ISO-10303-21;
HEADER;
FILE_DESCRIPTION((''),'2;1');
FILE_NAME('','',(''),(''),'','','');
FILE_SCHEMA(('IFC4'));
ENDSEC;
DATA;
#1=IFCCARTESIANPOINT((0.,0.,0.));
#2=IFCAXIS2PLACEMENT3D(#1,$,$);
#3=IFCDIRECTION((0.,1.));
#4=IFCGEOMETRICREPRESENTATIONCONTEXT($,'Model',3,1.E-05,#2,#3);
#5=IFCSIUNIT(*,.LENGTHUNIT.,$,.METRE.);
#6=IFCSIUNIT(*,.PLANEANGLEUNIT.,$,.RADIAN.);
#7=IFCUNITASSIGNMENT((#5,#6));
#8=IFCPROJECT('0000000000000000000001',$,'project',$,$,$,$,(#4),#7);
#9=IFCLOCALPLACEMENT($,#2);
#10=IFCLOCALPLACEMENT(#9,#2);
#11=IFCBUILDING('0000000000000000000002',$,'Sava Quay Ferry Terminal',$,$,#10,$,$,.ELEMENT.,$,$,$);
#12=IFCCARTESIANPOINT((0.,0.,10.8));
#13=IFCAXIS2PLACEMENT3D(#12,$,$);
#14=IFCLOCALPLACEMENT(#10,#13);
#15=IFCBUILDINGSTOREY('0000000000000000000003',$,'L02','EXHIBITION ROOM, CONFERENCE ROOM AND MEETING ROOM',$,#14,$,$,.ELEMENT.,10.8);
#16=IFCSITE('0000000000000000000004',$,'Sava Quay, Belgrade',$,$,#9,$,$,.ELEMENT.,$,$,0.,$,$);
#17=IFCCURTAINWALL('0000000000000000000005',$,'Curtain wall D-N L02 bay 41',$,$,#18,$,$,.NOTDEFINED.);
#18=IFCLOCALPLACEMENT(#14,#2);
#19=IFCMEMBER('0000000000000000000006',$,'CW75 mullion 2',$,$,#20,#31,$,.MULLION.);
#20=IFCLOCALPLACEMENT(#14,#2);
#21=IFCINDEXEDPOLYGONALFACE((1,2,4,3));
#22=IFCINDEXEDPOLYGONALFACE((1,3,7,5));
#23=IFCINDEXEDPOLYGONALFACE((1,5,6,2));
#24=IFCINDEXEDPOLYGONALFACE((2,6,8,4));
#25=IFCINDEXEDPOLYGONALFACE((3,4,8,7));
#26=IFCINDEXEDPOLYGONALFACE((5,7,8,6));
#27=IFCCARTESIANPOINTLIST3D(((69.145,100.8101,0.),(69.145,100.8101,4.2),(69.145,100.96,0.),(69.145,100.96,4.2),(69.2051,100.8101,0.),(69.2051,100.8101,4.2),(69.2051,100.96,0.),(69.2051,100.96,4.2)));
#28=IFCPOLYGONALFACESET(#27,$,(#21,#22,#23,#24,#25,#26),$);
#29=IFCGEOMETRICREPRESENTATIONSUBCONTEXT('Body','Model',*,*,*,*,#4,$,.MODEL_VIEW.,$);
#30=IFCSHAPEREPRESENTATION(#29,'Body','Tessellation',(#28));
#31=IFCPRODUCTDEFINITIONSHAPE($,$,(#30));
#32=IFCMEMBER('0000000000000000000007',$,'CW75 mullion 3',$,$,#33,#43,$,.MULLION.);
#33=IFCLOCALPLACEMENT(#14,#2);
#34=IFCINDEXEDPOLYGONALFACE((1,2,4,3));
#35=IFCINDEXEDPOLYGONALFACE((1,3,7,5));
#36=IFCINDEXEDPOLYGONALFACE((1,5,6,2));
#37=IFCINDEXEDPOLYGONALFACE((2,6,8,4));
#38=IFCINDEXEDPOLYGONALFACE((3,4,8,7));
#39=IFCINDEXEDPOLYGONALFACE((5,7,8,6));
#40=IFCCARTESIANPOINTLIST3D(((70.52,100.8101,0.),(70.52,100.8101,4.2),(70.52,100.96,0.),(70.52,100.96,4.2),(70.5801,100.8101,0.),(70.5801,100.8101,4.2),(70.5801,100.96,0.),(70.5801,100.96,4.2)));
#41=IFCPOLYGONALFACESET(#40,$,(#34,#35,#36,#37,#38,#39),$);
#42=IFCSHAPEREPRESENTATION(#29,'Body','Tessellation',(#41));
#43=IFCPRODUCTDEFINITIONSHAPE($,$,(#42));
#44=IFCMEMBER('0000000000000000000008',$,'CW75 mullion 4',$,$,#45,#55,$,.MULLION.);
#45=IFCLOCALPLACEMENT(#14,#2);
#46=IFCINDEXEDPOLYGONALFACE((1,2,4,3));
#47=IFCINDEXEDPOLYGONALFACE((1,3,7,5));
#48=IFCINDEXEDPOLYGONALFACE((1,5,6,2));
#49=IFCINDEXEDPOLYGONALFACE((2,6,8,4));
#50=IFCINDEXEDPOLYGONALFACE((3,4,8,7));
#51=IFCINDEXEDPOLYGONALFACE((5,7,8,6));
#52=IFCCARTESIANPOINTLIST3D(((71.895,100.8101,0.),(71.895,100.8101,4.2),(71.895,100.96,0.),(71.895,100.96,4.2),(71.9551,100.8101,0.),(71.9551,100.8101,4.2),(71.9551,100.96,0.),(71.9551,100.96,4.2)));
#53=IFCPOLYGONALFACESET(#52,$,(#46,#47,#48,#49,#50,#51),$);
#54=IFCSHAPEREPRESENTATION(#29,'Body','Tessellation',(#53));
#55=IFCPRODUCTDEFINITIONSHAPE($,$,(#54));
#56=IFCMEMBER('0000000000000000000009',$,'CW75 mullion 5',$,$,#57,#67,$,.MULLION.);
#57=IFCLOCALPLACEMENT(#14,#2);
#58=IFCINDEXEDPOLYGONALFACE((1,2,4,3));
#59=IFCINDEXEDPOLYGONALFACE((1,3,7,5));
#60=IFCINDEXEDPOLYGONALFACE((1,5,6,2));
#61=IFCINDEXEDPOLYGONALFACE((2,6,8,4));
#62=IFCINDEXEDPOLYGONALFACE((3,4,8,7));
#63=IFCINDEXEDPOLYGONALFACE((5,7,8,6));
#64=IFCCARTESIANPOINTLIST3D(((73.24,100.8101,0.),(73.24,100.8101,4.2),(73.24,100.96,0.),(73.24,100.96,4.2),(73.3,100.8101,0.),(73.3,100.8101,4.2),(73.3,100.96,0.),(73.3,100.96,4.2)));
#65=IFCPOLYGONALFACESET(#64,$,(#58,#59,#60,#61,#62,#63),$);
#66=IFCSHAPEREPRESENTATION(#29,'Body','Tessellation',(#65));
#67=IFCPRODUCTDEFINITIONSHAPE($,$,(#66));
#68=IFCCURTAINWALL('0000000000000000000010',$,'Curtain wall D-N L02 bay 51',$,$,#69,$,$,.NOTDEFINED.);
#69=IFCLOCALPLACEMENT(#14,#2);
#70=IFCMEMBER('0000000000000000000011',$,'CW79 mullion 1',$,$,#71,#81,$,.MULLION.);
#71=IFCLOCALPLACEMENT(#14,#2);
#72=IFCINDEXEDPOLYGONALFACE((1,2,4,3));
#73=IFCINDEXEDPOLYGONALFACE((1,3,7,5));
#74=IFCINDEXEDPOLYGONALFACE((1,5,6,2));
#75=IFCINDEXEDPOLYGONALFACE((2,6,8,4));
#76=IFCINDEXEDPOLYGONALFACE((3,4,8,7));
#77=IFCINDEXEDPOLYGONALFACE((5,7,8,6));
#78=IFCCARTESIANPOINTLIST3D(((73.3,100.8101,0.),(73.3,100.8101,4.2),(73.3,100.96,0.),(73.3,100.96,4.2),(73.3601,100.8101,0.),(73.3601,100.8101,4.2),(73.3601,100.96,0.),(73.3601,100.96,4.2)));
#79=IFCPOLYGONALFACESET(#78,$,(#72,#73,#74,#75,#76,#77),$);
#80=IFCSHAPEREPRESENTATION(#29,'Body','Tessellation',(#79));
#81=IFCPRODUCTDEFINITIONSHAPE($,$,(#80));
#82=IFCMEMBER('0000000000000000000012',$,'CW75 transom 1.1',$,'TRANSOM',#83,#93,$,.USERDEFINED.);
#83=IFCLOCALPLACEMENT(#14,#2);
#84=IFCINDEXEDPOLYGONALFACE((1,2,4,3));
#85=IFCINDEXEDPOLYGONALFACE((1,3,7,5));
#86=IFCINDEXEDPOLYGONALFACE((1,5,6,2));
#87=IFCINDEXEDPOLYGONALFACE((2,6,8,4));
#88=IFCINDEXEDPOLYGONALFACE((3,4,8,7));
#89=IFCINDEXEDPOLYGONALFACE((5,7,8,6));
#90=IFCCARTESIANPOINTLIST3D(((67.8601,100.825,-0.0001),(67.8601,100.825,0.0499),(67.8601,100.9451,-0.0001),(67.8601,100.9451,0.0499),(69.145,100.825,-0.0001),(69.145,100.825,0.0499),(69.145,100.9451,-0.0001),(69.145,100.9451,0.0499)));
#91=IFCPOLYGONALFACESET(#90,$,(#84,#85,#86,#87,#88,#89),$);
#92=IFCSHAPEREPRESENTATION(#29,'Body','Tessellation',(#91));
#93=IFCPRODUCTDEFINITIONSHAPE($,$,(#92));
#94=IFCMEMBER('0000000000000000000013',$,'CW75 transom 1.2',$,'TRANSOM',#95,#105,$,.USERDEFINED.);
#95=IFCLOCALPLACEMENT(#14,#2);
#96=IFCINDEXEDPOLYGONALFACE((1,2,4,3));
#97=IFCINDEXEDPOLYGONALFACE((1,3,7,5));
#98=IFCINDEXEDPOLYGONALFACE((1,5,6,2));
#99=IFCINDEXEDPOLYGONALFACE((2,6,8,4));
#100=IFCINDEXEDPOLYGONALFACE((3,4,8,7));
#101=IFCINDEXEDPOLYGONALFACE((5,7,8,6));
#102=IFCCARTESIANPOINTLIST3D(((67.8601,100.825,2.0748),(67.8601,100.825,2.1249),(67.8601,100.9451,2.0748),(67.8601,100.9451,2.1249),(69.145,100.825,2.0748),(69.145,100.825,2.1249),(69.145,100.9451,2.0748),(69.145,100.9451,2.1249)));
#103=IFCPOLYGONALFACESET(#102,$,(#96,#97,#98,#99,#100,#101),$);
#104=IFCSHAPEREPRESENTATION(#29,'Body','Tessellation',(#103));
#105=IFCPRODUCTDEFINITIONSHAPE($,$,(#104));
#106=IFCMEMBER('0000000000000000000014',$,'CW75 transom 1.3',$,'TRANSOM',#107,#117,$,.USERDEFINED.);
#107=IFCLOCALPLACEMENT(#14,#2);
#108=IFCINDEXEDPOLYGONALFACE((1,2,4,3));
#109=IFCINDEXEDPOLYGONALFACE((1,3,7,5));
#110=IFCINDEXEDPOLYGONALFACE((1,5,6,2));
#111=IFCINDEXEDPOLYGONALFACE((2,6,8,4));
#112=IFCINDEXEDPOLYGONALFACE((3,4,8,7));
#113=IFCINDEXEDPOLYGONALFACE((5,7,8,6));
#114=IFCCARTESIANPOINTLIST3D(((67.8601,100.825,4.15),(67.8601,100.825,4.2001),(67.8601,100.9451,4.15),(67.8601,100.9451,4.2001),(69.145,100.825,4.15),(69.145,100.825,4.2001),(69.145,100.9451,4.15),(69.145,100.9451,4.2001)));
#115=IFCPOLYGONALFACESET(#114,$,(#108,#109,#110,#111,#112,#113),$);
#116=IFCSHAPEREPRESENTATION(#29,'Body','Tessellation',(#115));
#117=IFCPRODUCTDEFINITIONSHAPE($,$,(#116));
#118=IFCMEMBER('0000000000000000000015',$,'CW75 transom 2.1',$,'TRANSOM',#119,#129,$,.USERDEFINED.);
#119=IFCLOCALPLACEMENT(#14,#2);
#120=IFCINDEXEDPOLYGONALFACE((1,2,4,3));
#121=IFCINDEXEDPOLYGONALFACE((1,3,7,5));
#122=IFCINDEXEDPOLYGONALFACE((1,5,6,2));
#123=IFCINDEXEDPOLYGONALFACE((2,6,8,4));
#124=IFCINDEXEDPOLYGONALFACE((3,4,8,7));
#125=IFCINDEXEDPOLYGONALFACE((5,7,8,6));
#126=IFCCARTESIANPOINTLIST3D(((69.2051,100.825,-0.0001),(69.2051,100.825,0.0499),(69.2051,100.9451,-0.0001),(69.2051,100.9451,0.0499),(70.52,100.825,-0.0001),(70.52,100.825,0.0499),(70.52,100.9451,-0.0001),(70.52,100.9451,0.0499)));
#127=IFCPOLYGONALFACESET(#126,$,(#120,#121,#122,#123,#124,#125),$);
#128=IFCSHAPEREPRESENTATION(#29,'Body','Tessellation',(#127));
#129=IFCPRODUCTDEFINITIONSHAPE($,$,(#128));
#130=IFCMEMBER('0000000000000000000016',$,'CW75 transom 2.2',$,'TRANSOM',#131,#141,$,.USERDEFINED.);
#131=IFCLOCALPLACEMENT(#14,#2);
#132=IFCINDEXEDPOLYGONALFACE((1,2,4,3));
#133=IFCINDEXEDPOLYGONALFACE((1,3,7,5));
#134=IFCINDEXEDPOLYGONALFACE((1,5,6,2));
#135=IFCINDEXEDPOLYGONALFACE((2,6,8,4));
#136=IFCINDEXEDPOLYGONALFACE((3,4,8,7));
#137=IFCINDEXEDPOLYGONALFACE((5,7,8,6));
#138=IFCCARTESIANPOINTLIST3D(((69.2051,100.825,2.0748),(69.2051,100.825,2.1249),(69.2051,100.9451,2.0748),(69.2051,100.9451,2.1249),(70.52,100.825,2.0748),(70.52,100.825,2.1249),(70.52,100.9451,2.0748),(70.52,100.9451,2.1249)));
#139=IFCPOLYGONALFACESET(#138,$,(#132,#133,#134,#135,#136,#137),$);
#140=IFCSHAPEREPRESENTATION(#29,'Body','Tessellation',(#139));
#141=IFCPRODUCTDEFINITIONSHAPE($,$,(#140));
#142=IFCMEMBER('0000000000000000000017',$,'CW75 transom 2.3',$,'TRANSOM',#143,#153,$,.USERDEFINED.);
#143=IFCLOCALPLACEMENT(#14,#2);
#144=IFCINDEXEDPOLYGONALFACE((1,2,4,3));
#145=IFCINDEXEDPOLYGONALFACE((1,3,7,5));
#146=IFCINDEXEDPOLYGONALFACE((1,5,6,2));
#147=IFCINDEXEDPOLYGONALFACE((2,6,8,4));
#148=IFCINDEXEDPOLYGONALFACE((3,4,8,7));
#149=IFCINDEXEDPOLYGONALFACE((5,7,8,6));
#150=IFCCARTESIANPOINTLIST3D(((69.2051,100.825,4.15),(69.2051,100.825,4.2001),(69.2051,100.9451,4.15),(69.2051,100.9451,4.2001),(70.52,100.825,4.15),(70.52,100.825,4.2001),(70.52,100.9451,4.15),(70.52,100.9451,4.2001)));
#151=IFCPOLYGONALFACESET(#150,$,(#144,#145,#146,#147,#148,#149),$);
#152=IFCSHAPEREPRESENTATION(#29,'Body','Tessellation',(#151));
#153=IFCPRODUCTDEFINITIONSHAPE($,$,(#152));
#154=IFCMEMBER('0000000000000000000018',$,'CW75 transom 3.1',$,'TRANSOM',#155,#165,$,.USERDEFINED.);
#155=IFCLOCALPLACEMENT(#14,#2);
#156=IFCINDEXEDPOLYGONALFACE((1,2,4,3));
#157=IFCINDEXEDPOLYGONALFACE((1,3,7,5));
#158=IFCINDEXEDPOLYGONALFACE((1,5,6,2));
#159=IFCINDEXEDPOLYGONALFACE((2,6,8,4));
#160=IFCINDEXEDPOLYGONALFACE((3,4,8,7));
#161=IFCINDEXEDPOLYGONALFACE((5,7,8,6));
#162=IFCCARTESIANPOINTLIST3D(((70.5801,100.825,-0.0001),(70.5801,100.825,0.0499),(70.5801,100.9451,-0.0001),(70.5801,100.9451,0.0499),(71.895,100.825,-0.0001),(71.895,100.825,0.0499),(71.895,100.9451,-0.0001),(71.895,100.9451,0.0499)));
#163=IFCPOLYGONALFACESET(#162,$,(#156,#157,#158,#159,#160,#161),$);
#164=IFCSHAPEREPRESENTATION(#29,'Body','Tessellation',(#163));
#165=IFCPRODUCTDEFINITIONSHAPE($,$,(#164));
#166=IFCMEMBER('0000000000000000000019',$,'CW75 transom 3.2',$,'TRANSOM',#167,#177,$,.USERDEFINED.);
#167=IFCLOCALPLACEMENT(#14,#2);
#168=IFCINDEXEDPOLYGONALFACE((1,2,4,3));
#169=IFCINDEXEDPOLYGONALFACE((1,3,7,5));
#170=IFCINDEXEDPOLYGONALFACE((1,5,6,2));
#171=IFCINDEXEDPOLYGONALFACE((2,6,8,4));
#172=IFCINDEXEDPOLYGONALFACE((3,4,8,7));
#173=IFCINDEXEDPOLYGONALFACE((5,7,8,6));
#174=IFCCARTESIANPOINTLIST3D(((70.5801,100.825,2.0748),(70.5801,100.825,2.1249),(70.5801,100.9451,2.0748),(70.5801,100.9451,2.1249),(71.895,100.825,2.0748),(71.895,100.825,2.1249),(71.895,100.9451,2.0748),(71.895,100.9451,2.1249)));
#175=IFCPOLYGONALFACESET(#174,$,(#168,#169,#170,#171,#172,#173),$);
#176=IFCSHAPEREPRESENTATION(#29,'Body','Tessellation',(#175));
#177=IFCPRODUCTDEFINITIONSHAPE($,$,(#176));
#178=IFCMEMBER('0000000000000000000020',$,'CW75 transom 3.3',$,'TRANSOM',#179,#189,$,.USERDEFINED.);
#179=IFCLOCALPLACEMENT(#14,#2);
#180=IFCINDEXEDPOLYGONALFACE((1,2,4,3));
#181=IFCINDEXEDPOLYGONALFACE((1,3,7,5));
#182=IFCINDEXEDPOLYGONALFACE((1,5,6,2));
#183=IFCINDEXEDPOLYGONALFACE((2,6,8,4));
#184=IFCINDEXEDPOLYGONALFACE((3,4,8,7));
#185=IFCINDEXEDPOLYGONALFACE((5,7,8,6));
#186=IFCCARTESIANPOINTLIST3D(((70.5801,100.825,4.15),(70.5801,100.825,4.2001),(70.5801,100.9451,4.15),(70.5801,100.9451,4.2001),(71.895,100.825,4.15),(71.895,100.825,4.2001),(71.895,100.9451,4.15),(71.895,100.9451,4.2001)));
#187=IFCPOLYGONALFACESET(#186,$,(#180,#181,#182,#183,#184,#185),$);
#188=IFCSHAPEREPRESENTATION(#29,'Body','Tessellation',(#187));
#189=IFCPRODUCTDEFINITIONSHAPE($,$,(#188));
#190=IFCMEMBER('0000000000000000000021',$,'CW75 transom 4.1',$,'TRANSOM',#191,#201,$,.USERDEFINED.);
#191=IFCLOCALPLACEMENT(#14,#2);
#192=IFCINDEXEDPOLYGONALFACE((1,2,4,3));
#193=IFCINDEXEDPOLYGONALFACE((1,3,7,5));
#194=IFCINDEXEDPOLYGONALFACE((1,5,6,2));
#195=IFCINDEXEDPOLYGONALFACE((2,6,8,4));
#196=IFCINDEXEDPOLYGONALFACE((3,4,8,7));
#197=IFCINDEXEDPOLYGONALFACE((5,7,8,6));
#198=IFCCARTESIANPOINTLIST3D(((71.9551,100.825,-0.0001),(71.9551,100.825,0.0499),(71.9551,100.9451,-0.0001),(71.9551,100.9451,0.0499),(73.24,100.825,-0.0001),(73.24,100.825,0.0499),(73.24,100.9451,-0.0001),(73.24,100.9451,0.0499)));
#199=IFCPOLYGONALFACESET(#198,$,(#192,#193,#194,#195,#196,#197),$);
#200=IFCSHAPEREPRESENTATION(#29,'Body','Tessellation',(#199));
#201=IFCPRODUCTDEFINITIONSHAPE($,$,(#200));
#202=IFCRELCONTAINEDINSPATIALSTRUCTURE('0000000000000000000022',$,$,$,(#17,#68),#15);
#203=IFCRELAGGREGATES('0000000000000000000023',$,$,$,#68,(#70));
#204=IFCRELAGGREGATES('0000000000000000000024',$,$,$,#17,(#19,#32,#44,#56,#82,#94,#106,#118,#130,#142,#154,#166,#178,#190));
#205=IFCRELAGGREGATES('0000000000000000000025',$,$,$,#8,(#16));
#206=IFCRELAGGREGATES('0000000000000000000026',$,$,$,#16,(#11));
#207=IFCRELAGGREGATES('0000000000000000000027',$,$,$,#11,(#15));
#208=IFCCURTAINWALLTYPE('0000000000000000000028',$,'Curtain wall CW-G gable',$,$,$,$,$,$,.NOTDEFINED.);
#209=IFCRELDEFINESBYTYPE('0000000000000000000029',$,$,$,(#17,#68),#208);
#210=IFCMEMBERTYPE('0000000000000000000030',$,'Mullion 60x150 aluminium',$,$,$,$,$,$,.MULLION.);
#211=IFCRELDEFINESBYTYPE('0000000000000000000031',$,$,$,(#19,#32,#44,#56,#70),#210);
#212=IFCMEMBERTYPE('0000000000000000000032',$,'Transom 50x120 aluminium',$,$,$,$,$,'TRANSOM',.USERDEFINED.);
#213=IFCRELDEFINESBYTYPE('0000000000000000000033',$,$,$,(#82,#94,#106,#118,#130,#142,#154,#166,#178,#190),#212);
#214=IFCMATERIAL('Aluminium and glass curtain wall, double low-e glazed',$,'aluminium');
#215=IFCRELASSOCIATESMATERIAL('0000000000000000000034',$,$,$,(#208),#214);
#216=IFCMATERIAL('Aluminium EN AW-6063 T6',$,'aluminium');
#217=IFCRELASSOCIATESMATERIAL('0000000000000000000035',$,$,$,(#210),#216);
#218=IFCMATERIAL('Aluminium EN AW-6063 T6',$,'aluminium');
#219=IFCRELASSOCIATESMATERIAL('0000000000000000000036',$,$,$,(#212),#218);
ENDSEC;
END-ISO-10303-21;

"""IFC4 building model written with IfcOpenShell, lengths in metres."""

from ifc_helpers import new_model, si_unit, direction, frame, origin, origin_2d, place, context, subcontext, project, spatial, rectangle, extrude, material, material_profile, profile_set, type_object, element, aggregate, save


model = new_model("IFC4")

# Units and contexts
model_context = context("Model", 3, precision=1e-05, world=origin(), true_north=direction((0.0, 1.0)))
body_context = subcontext(model_context, "Body", "Model", "MODEL_VIEW")
ifc_project = project(units=[si_unit("LENGTHUNIT", "METRE"), si_unit("PLANEANGLEUNIT", "RADIAN")], contexts=[model_context])

# Site, building, storey
site_placement = place(None, origin())
site = spatial("IfcSite", under=ifc_project, at=site_placement, Name="Sava Quay, Belgrade", CompositionType="ELEMENT", RefElevation=0.0)
building_placement = place(site_placement, origin())
building = spatial("IfcBuilding", under=site, at=building_placement, Name="Sava Quay Ferry Terminal", CompositionType="ELEMENT")
storey_placement = place(building_placement, frame((0.0, 0.0, 10.8)))
storey = spatial("IfcBuildingStorey", under=building, at=storey_placement, Name="L02", Description="EXHIBITION ROOM, CONFERENCE ROOM AND MEETING ROOM", CompositionType="ELEMENT", Elevation=10.8)

# Curtain wall, members
ifc_material_1 = material(Name="Aluminium and glass curtain wall, double low-e glazed", Category="aluminium")
curtain_wall_type = type_object("IfcCurtainWallType", Name="Curtain wall CW-G gable", PredefinedType="NOTDEFINED", material=ifc_material_1)
curtain_wall_1_placement = place(storey_placement, origin())
curtain_wall_1 = element("IfcCurtainWall", 1, at=curtain_wall_1_placement, inside=storey, type_object=curtain_wall_type, Name="Curtain wall D-N L02 bay 41", PredefinedType="NOTDEFINED")
ifc_material_2 = material(Name="Aluminium EN AW-6063 T6", Category="aluminium")
ifc_material_profile_1 = material_profile(ifc_material_2, rectangle(XDim=0.1499, YDim=0.0601, at=origin_2d()), Name="Mullion 60x150 aluminium")
ifc_profile_set_1 = profile_set([ifc_material_profile_1], Name="Aluminium EN AW-6063 T6")
member_type_1 = type_object("IfcMemberType", Name="Mullion 60x150 aluminium", PredefinedType="MULLION", material=ifc_profile_set_1)
member_1_placement = place(storey_placement, frame((69.175, 100.885, 0.0), z_axis=(0.0, 0.0, 1.0), x_axis=(0.0, 1.0, 0.0)))
member_1 = element("IfcMember", 2, at=member_1_placement, type_object=member_type_1, Name="CW75 mullion 2", PredefinedType="MULLION", context=body_context, shape_type="SweptSolid", body=[
    extrude(rectangle(XDim=0.1499, YDim=0.0601, at=origin_2d()), origin(), (0.0, 0.0, 1.0), 4.2),
])
member_2_placement = place(storey_placement, frame((70.55, 100.885, 0.0), z_axis=(0.0, 0.0, 1.0), x_axis=(0.0, 1.0, 0.0)))
member_2 = element("IfcMember", 3, at=member_2_placement, type_object=member_type_1, Name="CW75 mullion 3", PredefinedType="MULLION", context=body_context, shape_type="SweptSolid", body=[
    extrude(rectangle(XDim=0.1499, YDim=0.0601, at=origin_2d()), origin(), (0.0, 0.0, 1.0), 4.2),
])
member_3_placement = place(storey_placement, frame((71.925, 100.885, 0.0), z_axis=(0.0, 0.0, 1.0), x_axis=(0.0, 1.0, 0.0)))
member_3 = element("IfcMember", 4, at=member_3_placement, type_object=member_type_1, Name="CW75 mullion 4", PredefinedType="MULLION", context=body_context, shape_type="SweptSolid", body=[
    extrude(rectangle(XDim=0.1499, YDim=0.0601, at=origin_2d()), origin(), (0.0, 0.0, 1.0), 4.2),
])
member_4_placement = place(storey_placement, frame((73.27, 100.885, 0.0), z_axis=(0.0, 0.0, 1.0), x_axis=(0.0, 1.0, 0.0)))
member_4 = element("IfcMember", 5, at=member_4_placement, type_object=member_type_1, Name="CW75 mullion 5", PredefinedType="MULLION", context=body_context, shape_type="SweptSolid", body=[
    extrude(rectangle(XDim=0.1499, YDim=0.0601, at=origin_2d()), origin(), (0.0, 0.0, 1.0), 4.2),
])

# Curtain wall, member
curtain_wall_2_placement = place(storey_placement, origin())
curtain_wall_2 = element("IfcCurtainWall", 6, at=curtain_wall_2_placement, inside=storey, type_object=curtain_wall_type, Name="Curtain wall D-N L02 bay 51", PredefinedType="NOTDEFINED")
member_5_placement = place(storey_placement, frame((73.3301, 100.885, 0.0), z_axis=(0.0, 0.0, 1.0), x_axis=(0.0, 1.0, 0.0)))
member_5 = element("IfcMember", 7, at=member_5_placement, type_object=member_type_1, Name="CW79 mullion 1", PredefinedType="MULLION", context=body_context, shape_type="SweptSolid", body=[
    extrude(rectangle(XDim=0.1499, YDim=0.0601, at=origin_2d()), origin(), (0.0, 0.0, 1.0), 4.2),
])

# Members
ifc_material_3 = material(Name="Aluminium EN AW-6063 T6", Category="aluminium")
ifc_material_profile_2 = material_profile(ifc_material_3, rectangle(XDim=0.1201, YDim=0.05, at=origin_2d()), Name="Transom 50x120 aluminium")
ifc_profile_set_2 = profile_set([ifc_material_profile_2], Name="Aluminium EN AW-6063 T6")
member_type_2 = type_object("IfcMemberType", Name="Transom 50x120 aluminium", ElementType="TRANSOM", PredefinedType="USERDEFINED", material=ifc_profile_set_2)
member_6_placement = place(storey_placement, frame((67.8601, 100.885, 0.0249), z_axis=(1.0, 0.0, 0.0), x_axis=(0.0, 1.0, 0.0)))
member_6 = element("IfcMember", 8, at=member_6_placement, type_object=member_type_2, Name="CW75 transom 1.1", ObjectType="TRANSOM", PredefinedType="USERDEFINED", context=body_context, shape_type="SweptSolid", body=[
    extrude(rectangle(XDim=0.1201, YDim=0.05, at=origin_2d()), origin(), (0.0, 0.0, 1.0), 1.2849),
])
member_7_placement = place(storey_placement, frame((67.8601, 100.885, 2.0999), z_axis=(1.0, 0.0, 0.0), x_axis=(0.0, 1.0, 0.0)))
member_7 = element("IfcMember", 9, at=member_7_placement, type_object=member_type_2, Name="CW75 transom 1.2", ObjectType="TRANSOM", PredefinedType="USERDEFINED", context=body_context, shape_type="SweptSolid", body=[
    extrude(rectangle(XDim=0.1201, YDim=0.05, at=origin_2d()), origin(), (0.0, 0.0, 1.0), 1.2849),
])
member_8_placement = place(storey_placement, frame((67.8601, 100.885, 4.175), z_axis=(1.0, 0.0, 0.0), x_axis=(0.0, 1.0, 0.0)))
member_8 = element("IfcMember", 10, at=member_8_placement, type_object=member_type_2, Name="CW75 transom 1.3", ObjectType="TRANSOM", PredefinedType="USERDEFINED", context=body_context, shape_type="SweptSolid", body=[
    extrude(rectangle(XDim=0.1201, YDim=0.05, at=origin_2d()), origin(), (0.0, 0.0, 1.0), 1.2849),
])
member_9_placement = place(storey_placement, frame((69.2051, 100.885, 0.0249), z_axis=(1.0, 0.0, 0.0), x_axis=(0.0, 1.0, 0.0)))
member_9 = element("IfcMember", 11, at=member_9_placement, type_object=member_type_2, Name="CW75 transom 2.1", ObjectType="TRANSOM", PredefinedType="USERDEFINED", context=body_context, shape_type="SweptSolid", body=[
    extrude(rectangle(XDim=0.1201, YDim=0.05, at=origin_2d()), origin(), (0.0, 0.0, 1.0), 1.3149),
])
member_10_placement = place(storey_placement, frame((69.2051, 100.885, 2.0999), z_axis=(1.0, 0.0, 0.0), x_axis=(0.0, 1.0, 0.0)))
member_10 = element("IfcMember", 12, at=member_10_placement, type_object=member_type_2, Name="CW75 transom 2.2", ObjectType="TRANSOM", PredefinedType="USERDEFINED", context=body_context, shape_type="SweptSolid", body=[
    extrude(rectangle(XDim=0.1201, YDim=0.05, at=origin_2d()), origin(), (0.0, 0.0, 1.0), 1.3149),
])
member_11_placement = place(storey_placement, frame((69.2051, 100.885, 4.175), z_axis=(1.0, 0.0, 0.0), x_axis=(0.0, 1.0, 0.0)))
member_11 = element("IfcMember", 13, at=member_11_placement, type_object=member_type_2, Name="CW75 transom 2.3", ObjectType="TRANSOM", PredefinedType="USERDEFINED", context=body_context, shape_type="SweptSolid", body=[
    extrude(rectangle(XDim=0.1201, YDim=0.05, at=origin_2d()), origin(), (0.0, 0.0, 1.0), 1.3149),
])
member_12_placement = place(storey_placement, frame((70.5801, 100.885, 0.0249), z_axis=(1.0, 0.0, 0.0), x_axis=(0.0, 1.0, 0.0)))
member_12 = element("IfcMember", 14, at=member_12_placement, type_object=member_type_2, Name="CW75 transom 3.1", ObjectType="TRANSOM", PredefinedType="USERDEFINED", context=body_context, shape_type="SweptSolid", body=[
    extrude(rectangle(XDim=0.1201, YDim=0.05, at=origin_2d()), origin(), (0.0, 0.0, 1.0), 1.3149),
])
member_13_placement = place(storey_placement, frame((70.5801, 100.885, 2.0999), z_axis=(1.0, 0.0, 0.0), x_axis=(0.0, 1.0, 0.0)))
member_13 = element("IfcMember", 15, at=member_13_placement, type_object=member_type_2, Name="CW75 transom 3.2", ObjectType="TRANSOM", PredefinedType="USERDEFINED", context=body_context, shape_type="SweptSolid", body=[
    extrude(rectangle(XDim=0.1201, YDim=0.05, at=origin_2d()), origin(), (0.0, 0.0, 1.0), 1.3149),
])
member_14_placement = place(storey_placement, frame((70.5801, 100.885, 4.175), z_axis=(1.0, 0.0, 0.0), x_axis=(0.0, 1.0, 0.0)))
member_14 = element("IfcMember", 16, at=member_14_placement, type_object=member_type_2, Name="CW75 transom 3.3", ObjectType="TRANSOM", PredefinedType="USERDEFINED", context=body_context, shape_type="SweptSolid", body=[
    extrude(rectangle(XDim=0.1201, YDim=0.05, at=origin_2d()), origin(), (0.0, 0.0, 1.0), 1.3149),
])
member_15_placement = place(storey_placement, frame((71.9551, 100.885, 0.0249), z_axis=(1.0, 0.0, 0.0), x_axis=(0.0, 1.0, 0.0)))
member_15 = element("IfcMember", 17, at=member_15_placement, type_object=member_type_2, Name="CW75 transom 4.1", ObjectType="TRANSOM", PredefinedType="USERDEFINED", context=body_context, shape_type="SweptSolid", body=[
    extrude(rectangle(XDim=0.1201, YDim=0.05, at=origin_2d()), origin(), (0.0, 0.0, 1.0), 1.2849),
])
aggregate(curtain_wall_2, [member_5])

aggregate(curtain_wall_1, [member_1, member_2, member_3, member_4, member_6, member_7, member_8, member_9, member_10, member_11, member_12, member_13, member_14, member_15])

save(model, "model.ifc")
